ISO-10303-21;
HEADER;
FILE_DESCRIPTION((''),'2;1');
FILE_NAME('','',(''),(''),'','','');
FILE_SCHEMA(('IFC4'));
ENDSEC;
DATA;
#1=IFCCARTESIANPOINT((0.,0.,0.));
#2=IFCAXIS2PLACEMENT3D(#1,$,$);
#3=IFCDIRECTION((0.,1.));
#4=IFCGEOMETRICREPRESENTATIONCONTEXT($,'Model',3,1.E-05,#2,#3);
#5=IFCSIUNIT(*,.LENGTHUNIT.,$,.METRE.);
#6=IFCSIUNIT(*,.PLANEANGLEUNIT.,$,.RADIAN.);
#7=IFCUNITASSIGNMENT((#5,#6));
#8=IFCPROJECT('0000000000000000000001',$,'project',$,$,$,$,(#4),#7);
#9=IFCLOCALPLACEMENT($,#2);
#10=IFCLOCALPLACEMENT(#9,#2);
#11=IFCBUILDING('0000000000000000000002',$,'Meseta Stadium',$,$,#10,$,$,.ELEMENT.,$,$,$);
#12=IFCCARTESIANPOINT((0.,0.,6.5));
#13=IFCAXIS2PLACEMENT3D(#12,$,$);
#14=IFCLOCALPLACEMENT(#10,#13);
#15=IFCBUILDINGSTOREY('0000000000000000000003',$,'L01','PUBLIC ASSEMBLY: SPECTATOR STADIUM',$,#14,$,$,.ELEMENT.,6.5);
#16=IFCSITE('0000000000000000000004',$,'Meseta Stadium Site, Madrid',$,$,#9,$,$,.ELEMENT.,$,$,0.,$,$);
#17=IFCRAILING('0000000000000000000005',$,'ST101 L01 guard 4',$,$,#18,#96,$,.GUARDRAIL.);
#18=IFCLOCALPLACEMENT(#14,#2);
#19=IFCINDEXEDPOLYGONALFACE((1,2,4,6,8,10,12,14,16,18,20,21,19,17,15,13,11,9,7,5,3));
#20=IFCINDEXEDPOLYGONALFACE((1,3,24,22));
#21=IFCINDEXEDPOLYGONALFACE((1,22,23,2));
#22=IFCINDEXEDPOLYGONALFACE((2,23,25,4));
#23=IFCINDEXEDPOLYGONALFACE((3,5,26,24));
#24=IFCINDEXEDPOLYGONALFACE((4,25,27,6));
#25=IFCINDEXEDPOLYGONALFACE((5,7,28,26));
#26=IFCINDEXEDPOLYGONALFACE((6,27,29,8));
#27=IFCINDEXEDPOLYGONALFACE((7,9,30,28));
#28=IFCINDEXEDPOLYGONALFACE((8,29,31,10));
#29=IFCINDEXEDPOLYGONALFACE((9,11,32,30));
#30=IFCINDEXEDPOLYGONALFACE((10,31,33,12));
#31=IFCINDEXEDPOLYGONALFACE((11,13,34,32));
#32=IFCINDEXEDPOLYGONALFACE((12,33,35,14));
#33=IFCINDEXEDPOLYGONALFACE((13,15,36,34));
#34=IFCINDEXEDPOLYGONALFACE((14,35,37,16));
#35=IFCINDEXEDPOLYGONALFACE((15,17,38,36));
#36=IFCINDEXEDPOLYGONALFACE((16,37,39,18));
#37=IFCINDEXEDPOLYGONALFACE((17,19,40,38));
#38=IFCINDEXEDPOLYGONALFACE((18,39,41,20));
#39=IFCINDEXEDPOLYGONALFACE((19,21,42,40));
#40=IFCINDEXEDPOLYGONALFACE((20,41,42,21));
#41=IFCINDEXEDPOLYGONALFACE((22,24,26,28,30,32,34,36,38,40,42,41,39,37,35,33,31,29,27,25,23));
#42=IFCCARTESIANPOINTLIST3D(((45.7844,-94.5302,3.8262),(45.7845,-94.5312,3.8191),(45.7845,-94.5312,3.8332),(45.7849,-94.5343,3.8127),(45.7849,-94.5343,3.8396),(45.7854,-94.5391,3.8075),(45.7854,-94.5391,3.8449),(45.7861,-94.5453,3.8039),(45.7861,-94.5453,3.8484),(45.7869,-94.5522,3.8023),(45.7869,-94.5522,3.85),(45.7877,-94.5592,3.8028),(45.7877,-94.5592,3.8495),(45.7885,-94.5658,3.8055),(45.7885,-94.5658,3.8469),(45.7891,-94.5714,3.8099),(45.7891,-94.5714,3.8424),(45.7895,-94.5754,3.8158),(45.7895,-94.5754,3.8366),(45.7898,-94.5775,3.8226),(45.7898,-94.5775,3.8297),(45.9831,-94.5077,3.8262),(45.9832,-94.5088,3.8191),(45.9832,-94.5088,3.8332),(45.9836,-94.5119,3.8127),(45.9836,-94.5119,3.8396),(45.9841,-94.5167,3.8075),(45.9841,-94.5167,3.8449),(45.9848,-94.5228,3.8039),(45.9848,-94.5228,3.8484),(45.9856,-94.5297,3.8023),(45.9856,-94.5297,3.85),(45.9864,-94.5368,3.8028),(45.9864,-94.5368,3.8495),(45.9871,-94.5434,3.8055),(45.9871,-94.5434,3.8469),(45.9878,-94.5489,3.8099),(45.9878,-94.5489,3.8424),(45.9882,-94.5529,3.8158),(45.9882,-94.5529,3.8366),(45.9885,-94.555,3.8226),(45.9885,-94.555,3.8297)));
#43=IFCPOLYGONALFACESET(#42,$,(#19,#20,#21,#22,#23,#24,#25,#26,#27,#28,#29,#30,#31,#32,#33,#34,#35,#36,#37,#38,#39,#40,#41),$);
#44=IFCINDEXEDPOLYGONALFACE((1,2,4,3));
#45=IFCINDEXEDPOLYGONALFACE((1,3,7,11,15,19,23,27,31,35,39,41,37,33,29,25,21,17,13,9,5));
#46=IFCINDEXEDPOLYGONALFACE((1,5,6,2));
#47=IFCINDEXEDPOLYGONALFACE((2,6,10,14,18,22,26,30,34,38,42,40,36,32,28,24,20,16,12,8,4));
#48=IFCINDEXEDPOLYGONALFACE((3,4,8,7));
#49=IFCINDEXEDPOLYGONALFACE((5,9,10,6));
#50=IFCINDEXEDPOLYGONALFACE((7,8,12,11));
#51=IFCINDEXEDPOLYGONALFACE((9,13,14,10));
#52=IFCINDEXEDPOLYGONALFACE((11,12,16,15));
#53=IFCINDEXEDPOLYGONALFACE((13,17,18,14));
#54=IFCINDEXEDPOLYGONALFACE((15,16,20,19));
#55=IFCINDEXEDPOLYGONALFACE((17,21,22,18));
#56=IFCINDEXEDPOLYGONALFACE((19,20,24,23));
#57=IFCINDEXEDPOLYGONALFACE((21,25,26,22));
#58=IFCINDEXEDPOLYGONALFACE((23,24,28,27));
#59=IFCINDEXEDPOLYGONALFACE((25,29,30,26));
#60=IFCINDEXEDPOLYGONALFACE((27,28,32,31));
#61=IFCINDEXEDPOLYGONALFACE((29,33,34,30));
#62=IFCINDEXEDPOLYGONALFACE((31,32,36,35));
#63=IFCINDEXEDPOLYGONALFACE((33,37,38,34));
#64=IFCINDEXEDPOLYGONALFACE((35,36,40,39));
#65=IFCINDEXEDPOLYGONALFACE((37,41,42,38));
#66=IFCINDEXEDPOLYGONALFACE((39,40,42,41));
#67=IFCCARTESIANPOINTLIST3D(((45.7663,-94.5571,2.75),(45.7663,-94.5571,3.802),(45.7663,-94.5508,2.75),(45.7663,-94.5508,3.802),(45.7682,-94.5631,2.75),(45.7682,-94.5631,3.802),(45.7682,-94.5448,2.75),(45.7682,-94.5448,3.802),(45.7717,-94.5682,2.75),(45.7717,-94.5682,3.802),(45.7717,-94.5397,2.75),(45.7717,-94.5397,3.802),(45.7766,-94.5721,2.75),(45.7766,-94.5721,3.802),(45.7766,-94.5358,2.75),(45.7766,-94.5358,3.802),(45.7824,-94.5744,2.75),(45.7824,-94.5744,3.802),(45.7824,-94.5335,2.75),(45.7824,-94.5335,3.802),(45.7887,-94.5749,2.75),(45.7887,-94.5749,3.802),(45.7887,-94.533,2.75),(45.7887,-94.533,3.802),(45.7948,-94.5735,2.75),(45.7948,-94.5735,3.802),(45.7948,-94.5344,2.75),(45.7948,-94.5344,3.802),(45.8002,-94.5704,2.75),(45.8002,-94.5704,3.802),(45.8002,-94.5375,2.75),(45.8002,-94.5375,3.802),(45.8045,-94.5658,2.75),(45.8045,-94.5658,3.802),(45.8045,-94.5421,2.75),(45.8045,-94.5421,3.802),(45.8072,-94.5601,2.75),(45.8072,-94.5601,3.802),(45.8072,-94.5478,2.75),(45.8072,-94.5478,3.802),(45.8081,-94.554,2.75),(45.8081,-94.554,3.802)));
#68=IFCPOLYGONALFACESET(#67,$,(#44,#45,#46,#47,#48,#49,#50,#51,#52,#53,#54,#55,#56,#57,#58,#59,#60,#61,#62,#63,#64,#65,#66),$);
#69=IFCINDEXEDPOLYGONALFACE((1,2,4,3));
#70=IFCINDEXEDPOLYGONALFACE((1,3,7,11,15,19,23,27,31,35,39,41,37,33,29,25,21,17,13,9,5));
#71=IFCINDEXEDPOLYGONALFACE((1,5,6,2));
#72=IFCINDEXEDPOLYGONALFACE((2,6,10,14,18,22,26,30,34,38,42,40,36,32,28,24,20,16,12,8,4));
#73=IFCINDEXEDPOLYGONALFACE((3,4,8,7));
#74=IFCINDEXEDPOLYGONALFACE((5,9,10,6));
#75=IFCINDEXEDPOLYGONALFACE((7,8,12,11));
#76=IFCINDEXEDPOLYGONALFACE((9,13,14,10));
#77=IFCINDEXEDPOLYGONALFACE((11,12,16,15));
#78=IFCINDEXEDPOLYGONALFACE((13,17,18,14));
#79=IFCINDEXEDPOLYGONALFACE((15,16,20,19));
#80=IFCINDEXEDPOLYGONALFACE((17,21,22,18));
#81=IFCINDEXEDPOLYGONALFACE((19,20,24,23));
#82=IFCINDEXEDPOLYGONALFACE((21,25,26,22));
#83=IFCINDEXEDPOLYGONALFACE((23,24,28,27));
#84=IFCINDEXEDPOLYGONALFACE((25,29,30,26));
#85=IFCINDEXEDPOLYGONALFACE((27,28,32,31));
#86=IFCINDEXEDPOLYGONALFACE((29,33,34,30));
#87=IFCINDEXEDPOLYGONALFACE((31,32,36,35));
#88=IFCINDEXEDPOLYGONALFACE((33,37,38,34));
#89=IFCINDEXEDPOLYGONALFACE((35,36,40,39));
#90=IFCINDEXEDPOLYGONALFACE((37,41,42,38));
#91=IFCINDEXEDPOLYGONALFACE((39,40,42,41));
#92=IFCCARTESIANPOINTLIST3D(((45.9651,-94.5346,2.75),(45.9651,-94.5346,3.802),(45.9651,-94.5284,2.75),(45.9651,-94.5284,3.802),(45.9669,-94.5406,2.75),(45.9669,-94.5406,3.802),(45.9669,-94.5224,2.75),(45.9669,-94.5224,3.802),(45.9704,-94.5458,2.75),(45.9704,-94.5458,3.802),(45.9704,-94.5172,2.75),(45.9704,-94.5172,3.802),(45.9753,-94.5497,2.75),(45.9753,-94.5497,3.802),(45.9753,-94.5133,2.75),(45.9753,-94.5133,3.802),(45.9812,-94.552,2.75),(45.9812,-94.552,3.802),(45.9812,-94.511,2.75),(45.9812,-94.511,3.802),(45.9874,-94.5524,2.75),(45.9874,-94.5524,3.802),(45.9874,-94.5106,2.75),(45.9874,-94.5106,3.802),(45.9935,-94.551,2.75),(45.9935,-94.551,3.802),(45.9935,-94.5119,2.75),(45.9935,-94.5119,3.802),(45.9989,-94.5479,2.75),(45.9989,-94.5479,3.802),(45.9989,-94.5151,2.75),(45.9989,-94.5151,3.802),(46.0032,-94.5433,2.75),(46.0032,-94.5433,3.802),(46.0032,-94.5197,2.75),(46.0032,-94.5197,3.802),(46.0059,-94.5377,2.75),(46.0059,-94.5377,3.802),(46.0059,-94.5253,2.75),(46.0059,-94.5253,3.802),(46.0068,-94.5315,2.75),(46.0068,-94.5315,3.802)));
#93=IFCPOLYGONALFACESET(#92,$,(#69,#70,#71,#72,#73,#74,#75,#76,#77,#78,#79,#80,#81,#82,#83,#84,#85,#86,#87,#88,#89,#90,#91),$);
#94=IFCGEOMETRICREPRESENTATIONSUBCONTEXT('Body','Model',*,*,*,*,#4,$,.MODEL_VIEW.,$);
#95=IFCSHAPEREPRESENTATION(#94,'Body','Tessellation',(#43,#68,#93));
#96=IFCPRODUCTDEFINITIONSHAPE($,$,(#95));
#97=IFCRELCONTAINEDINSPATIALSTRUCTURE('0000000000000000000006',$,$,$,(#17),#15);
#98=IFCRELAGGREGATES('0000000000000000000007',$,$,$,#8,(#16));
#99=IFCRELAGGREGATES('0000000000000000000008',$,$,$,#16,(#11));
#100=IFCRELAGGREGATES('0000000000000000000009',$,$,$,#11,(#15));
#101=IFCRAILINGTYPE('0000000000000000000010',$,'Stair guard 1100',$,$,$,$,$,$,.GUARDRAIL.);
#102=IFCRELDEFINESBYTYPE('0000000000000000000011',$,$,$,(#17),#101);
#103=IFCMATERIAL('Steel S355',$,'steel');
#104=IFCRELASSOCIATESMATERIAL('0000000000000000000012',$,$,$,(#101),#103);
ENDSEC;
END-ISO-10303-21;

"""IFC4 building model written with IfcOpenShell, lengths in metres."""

from ifc_helpers import new_model, si_unit, direction, frame, origin, origin_2d, place, context, subcontext, project, spatial, circle, extrude, material, type_object, element, save


model = new_model("IFC4")

# Units and contexts
model_context = context("Model", 3, precision=1e-05, world=origin(), true_north=direction((0.0, 1.0)))
body_context = subcontext(model_context, "Body", "Model", "MODEL_VIEW")
ifc_project = project(units=[si_unit("LENGTHUNIT", "METRE"), si_unit("PLANEANGLEUNIT", "RADIAN")], contexts=[model_context])

# Site, building, storey
site_placement = place(None, origin())
site = spatial("IfcSite", under=ifc_project, at=site_placement, Name="Meseta Stadium Site, Madrid", CompositionType="ELEMENT", RefElevation=0.0)
building_placement = place(site_placement, origin())
building = spatial("IfcBuilding", under=site, at=building_placement, Name="Meseta Stadium", CompositionType="ELEMENT")
storey_placement = place(building_placement, frame((0.0, 0.0, 6.5)))
storey = spatial("IfcBuildingStorey", under=building, at=storey_placement, Name="L01", Description="PUBLIC ASSEMBLY: SPECTATOR STADIUM", CompositionType="ELEMENT", Elevation=6.5)

# Railing
ifc_material_1 = material(Name="Steel S355", Category="steel")
railing_type_1 = type_object("IfcRailingType", Name="Stair guard 1100", PredefinedType="GUARDRAIL", material=ifc_material_1)
railing_1_placement = place(storey_placement, frame((45.7871, -94.554, 2.75)))
element("IfcRailing", 1, at=railing_1_placement, inside=storey, type_object=railing_type_1, Name="ST101 L01 guard 4", PredefinedType="GUARDRAIL", context=body_context, shape_type="SweptSolid", body=[
    extrude(circle(Radius=0.0239, at=origin_2d()), frame((0.0, 0.0, 1.0762), z_axis=(0.993674, 0.112307, 0.0), x_axis=(-0.112307, 0.993674, 0.0)), (0.0, 0.0, 1.0), 0.2),
    extrude(circle(Radius=0.021, at=origin_2d()), origin(), (0.0, 0.0, 1.0), 1.052),
    extrude(circle(Radius=0.021, at=origin_2d()), frame((0.1987, 0.0225, 0.0)), (0.0, 0.0, 1.0), 1.052),
])

save(model, "model.ifc")
